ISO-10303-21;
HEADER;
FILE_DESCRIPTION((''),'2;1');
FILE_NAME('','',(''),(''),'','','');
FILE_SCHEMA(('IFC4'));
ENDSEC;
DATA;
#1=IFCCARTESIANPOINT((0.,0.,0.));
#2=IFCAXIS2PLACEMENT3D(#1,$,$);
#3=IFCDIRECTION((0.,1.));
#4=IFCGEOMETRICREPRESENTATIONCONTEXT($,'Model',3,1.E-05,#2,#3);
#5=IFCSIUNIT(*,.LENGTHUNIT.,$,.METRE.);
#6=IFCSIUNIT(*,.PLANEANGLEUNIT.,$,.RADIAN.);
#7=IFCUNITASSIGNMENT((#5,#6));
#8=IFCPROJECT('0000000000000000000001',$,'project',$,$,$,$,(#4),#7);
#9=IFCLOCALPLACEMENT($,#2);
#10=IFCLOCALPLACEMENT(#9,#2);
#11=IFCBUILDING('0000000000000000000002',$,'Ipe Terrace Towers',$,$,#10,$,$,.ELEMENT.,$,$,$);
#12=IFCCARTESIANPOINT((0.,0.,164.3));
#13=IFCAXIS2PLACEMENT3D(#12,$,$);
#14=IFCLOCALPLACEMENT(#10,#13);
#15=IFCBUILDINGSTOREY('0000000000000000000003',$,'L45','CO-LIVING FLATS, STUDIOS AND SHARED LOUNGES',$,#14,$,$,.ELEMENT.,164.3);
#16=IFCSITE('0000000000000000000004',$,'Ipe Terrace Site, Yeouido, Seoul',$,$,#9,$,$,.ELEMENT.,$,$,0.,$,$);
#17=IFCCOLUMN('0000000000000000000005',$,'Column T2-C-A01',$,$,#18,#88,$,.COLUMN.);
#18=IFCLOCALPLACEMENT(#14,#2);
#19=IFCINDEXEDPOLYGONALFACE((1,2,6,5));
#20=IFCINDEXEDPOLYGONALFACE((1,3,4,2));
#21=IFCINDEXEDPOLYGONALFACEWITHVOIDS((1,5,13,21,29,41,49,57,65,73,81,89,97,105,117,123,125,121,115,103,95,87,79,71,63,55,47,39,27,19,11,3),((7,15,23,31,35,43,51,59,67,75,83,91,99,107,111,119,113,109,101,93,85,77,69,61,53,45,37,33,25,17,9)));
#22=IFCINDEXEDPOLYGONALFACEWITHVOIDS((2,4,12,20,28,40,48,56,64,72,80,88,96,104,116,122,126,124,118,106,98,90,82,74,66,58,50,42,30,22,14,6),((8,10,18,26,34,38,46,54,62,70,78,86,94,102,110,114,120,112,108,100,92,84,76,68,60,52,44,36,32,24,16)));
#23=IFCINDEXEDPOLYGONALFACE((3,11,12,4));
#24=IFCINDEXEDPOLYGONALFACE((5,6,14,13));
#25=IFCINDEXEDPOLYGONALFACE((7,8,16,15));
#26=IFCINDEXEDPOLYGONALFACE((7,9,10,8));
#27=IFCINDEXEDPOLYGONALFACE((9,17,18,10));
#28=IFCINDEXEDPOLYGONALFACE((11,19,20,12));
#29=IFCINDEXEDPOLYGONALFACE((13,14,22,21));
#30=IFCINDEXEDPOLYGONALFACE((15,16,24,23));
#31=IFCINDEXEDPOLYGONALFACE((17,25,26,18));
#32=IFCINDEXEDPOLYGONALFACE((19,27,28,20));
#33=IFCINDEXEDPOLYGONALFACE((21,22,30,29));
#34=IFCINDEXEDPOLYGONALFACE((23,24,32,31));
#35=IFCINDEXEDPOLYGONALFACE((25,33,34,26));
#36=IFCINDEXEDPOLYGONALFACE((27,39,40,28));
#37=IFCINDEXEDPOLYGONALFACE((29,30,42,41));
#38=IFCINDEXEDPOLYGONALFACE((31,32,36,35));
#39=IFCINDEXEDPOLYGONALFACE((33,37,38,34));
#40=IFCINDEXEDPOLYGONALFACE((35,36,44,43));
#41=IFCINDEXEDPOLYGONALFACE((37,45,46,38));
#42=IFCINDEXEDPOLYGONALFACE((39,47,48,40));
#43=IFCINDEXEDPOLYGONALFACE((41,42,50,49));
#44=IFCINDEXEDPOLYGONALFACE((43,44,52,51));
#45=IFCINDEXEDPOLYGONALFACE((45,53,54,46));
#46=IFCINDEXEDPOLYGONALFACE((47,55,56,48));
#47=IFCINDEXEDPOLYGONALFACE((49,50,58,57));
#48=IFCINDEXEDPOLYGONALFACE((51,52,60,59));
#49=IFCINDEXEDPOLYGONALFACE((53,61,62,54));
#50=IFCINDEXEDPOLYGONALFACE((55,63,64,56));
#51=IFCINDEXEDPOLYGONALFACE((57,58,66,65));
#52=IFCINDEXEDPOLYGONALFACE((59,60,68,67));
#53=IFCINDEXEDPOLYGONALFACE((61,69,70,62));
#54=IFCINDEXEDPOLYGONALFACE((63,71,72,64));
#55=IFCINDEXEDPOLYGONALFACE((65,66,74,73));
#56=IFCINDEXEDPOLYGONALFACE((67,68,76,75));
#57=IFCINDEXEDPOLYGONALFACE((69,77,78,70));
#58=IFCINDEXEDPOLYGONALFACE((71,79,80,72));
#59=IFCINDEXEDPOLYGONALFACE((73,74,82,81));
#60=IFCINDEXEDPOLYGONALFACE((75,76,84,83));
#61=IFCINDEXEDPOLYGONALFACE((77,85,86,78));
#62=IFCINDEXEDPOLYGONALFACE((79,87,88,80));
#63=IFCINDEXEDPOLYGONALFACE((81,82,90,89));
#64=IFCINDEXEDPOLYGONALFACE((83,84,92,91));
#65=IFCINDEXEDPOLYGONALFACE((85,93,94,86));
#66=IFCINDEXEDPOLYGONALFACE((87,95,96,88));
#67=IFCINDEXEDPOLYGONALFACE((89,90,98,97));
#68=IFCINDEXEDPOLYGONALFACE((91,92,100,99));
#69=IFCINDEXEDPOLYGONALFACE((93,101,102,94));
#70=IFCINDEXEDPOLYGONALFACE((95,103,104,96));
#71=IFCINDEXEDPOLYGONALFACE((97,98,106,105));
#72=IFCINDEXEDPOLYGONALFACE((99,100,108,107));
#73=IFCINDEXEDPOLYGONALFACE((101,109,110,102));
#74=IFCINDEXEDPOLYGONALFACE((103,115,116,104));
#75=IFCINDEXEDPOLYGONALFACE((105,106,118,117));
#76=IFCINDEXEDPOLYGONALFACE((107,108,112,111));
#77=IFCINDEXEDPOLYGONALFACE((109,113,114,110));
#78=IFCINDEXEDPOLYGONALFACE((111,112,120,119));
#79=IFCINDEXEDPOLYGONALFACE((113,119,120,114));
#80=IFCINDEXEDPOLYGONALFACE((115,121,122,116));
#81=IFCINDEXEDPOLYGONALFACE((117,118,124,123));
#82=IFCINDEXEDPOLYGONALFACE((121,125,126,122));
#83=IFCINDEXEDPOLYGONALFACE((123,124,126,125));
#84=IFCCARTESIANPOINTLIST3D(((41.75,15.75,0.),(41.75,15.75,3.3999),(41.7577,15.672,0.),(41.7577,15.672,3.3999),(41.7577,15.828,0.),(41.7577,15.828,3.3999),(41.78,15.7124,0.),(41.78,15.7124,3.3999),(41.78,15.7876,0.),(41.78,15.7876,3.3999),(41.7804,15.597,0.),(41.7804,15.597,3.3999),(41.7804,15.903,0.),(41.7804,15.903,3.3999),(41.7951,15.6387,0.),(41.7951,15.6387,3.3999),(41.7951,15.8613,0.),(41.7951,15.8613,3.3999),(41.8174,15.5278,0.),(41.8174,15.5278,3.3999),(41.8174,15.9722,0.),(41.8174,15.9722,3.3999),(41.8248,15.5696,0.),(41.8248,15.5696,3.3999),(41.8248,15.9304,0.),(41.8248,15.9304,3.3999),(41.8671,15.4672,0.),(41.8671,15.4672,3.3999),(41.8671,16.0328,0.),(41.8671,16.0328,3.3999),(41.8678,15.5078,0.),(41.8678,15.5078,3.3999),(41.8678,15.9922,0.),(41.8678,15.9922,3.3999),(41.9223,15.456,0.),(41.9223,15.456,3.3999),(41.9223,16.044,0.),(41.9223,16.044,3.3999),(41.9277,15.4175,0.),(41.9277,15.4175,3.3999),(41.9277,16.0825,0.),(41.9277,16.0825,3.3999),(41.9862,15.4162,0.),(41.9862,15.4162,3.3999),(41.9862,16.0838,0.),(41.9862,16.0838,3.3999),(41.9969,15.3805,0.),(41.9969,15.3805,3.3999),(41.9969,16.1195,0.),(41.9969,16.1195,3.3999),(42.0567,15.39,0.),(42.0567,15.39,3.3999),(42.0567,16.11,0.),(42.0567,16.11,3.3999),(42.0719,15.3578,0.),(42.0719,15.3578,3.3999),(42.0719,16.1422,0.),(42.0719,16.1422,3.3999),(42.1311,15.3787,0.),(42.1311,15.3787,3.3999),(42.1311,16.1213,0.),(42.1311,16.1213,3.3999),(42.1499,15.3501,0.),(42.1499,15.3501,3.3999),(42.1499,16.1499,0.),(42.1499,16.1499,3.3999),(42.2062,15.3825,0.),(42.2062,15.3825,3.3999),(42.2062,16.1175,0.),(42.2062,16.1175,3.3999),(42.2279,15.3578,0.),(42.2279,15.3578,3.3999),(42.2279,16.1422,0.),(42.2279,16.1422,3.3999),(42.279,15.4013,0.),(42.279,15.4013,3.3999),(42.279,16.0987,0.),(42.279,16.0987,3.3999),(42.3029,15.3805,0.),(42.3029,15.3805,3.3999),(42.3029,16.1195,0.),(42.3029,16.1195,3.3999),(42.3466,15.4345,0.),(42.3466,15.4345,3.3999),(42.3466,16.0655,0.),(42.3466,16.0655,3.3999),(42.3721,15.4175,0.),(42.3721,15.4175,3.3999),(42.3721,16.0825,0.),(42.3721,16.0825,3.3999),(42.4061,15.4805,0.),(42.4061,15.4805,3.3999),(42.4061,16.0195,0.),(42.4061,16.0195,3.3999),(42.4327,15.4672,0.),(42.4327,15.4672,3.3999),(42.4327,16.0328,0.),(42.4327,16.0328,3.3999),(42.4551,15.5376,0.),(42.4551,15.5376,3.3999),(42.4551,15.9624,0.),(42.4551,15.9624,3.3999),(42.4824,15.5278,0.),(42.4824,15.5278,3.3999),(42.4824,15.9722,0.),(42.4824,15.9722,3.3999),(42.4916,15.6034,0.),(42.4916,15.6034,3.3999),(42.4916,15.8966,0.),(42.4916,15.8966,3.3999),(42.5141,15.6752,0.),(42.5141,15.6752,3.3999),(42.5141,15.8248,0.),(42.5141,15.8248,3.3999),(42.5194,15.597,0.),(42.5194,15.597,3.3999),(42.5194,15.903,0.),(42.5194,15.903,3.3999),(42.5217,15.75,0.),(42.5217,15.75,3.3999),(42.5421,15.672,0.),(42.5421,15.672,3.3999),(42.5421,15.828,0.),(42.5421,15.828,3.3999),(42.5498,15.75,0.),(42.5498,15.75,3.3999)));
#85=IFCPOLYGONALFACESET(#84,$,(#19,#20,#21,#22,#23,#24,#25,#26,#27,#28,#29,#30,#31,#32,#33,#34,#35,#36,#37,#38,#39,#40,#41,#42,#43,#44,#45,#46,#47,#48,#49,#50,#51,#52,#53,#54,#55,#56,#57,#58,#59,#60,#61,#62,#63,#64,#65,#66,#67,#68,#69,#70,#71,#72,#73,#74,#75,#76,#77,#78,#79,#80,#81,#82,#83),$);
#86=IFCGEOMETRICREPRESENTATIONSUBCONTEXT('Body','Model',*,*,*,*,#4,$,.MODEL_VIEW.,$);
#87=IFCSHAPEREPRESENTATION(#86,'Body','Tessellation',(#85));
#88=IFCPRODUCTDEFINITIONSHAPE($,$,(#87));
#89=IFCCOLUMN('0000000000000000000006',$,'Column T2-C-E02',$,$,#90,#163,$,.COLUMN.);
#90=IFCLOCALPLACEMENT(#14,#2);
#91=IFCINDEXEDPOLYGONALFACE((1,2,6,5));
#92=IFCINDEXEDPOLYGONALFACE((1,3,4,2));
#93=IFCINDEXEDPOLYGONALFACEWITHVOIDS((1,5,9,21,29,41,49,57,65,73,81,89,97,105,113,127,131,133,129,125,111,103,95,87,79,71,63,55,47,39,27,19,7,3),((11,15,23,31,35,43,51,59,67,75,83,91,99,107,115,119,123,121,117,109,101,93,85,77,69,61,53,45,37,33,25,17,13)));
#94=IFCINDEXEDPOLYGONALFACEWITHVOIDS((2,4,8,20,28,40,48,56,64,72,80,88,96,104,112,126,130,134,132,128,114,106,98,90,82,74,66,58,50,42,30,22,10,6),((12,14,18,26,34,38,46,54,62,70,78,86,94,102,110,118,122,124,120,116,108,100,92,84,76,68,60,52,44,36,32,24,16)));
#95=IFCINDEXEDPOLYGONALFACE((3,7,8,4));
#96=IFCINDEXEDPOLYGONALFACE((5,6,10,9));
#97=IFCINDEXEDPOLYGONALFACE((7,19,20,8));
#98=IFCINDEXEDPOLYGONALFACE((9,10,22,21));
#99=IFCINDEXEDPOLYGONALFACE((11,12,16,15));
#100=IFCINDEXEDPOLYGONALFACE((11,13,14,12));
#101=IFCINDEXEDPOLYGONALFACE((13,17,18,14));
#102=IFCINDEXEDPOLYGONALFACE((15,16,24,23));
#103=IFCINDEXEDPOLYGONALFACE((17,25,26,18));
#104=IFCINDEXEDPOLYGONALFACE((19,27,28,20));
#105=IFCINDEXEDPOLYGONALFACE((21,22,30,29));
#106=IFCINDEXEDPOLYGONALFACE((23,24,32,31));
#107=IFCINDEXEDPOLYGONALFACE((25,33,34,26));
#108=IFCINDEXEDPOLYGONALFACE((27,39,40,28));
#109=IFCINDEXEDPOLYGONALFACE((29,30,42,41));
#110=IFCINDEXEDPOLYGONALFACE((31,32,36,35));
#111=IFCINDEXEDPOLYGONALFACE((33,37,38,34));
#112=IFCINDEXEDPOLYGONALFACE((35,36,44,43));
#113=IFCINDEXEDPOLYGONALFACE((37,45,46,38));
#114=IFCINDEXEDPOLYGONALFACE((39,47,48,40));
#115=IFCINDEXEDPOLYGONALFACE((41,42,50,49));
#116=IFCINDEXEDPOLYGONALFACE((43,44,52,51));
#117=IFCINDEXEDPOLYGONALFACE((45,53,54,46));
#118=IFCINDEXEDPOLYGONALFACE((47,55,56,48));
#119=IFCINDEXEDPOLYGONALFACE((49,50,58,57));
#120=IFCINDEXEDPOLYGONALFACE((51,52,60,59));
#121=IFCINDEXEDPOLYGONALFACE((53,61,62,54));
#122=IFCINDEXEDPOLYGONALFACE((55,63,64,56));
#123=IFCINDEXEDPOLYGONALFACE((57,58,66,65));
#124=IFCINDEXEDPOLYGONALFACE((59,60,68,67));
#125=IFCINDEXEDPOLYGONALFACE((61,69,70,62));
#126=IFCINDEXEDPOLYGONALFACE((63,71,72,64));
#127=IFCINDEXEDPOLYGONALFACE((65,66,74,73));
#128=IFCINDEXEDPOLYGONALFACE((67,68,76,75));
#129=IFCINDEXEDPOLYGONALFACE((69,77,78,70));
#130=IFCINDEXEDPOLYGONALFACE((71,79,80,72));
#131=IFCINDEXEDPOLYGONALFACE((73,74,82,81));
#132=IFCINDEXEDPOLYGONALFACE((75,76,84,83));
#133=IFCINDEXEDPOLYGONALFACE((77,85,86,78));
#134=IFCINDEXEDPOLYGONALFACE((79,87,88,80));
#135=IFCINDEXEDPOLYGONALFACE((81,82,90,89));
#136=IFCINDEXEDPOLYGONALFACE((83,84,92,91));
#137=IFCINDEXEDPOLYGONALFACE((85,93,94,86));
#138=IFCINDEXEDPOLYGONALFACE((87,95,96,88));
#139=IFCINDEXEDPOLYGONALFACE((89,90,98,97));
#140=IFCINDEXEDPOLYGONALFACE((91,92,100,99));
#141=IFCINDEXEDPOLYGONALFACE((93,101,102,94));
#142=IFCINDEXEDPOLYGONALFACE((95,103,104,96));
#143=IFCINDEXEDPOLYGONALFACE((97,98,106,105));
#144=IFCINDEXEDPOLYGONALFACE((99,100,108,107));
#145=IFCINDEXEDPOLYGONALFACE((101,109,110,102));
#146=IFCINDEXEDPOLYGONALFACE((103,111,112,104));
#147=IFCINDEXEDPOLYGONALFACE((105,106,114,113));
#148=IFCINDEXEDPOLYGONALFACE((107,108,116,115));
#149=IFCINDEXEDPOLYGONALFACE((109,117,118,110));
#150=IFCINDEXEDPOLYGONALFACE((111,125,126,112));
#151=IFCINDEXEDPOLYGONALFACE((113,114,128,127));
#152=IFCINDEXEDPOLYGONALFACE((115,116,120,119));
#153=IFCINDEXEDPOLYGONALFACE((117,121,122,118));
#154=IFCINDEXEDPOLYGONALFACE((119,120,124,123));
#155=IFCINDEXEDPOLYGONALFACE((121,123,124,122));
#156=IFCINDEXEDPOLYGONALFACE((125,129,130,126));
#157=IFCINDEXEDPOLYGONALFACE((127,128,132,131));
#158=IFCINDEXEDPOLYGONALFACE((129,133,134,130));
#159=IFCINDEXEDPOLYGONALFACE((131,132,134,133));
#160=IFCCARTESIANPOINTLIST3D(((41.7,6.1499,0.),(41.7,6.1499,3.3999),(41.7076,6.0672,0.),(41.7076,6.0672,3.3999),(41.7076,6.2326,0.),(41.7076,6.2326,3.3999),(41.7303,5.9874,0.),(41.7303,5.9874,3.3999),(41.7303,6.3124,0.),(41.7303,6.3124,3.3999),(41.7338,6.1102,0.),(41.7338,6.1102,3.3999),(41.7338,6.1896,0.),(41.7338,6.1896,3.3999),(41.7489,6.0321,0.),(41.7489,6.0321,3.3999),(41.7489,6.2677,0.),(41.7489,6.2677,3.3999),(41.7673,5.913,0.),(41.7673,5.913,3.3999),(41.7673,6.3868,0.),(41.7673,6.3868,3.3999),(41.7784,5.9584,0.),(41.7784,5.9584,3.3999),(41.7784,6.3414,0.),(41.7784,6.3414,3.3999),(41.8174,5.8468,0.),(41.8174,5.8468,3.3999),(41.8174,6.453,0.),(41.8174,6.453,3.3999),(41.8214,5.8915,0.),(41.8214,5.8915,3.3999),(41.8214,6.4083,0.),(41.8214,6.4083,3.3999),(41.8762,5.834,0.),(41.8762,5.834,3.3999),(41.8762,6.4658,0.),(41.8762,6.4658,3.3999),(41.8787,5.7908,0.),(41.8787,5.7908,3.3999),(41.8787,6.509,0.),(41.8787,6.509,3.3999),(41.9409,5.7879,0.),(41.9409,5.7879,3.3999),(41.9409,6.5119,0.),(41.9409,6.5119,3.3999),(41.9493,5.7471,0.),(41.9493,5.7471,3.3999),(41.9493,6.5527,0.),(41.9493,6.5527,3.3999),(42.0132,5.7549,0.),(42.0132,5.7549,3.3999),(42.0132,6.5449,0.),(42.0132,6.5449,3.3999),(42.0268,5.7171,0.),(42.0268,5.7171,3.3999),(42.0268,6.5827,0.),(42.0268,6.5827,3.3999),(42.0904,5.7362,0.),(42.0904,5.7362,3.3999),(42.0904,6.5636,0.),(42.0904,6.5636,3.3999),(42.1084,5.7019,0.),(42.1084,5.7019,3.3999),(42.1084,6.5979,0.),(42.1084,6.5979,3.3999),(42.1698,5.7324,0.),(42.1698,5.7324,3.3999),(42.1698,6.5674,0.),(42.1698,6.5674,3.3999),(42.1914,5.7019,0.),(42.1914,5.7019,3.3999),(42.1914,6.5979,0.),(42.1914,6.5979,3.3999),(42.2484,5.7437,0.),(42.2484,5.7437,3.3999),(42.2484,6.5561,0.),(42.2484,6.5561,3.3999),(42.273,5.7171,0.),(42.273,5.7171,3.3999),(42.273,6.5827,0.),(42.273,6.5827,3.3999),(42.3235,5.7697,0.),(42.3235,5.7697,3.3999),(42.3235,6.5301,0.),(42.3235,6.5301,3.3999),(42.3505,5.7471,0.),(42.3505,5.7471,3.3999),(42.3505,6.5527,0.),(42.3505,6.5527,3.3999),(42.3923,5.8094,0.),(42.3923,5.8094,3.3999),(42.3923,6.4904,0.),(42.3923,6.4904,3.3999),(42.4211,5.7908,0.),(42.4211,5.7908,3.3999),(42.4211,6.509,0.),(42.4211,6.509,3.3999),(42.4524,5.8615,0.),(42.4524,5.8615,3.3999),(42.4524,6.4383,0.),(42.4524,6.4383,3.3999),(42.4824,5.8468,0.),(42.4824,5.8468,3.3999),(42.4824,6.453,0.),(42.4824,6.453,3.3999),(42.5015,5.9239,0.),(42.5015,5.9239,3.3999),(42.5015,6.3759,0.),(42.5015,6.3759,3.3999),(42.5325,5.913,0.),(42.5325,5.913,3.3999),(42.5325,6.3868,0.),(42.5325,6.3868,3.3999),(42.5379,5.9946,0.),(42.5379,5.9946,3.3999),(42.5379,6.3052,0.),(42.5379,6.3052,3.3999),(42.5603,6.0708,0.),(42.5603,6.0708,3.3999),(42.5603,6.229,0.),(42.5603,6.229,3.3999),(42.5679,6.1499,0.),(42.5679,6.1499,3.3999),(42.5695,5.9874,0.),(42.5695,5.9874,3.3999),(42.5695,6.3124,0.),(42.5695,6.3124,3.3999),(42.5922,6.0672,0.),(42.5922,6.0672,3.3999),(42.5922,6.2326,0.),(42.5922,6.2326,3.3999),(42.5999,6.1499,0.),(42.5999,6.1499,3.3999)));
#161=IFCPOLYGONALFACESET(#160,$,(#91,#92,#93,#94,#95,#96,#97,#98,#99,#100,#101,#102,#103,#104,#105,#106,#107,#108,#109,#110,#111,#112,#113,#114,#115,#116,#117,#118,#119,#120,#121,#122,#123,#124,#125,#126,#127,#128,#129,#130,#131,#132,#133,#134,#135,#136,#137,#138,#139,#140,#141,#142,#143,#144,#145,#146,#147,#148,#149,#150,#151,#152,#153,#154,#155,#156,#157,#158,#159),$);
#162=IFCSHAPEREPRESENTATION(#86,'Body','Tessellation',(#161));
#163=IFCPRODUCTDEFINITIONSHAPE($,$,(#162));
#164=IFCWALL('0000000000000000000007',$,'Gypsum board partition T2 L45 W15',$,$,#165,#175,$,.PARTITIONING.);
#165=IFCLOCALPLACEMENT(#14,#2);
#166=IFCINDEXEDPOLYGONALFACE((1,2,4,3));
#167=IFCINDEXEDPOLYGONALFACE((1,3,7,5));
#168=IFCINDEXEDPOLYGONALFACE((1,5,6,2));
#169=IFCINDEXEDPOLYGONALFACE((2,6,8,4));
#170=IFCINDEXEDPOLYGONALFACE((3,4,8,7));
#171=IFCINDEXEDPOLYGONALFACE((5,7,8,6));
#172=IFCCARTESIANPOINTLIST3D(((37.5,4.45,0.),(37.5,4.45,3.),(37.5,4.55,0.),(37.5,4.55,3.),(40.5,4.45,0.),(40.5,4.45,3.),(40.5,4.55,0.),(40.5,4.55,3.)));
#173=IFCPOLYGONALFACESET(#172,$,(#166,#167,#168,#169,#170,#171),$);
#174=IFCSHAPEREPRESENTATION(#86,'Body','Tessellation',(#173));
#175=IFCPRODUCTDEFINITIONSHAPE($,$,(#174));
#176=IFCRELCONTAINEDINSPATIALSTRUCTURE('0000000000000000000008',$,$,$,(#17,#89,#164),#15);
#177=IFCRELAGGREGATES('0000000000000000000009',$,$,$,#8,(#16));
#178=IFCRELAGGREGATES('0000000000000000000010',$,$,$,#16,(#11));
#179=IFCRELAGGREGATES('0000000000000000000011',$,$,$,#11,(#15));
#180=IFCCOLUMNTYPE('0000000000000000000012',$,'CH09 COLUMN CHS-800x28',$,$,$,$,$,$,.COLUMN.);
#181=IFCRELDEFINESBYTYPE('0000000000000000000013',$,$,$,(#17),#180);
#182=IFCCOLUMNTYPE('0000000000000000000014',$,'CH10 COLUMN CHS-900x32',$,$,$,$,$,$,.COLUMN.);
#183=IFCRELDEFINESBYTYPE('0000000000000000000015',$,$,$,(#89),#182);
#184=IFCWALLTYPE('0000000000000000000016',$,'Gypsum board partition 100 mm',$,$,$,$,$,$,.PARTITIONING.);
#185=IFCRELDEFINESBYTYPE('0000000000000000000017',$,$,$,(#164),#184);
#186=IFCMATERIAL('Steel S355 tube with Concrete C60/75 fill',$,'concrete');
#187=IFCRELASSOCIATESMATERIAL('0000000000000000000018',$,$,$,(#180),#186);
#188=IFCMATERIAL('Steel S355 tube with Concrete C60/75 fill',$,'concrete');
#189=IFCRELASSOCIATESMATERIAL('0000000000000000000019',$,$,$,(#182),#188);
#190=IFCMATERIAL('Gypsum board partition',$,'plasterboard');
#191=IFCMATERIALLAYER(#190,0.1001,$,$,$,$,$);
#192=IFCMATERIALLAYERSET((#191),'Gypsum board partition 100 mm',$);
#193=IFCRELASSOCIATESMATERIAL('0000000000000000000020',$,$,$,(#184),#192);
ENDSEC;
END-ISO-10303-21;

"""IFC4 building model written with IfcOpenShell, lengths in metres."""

from ifc_helpers import new_model, si_unit, direction, frame, frame_2d, origin, origin_2d, place, context, subcontext, project, spatial, rectangle, hollow_circle, extrude, material, layer, layer_set, material_profile, profile_set, type_object, element, save


model = new_model("IFC4")

# Units and contexts
model_context = context("Model", 3, precision=1e-05, world=origin(), true_north=direction((0.0, 1.0)))
body_context = subcontext(model_context, "Body", "Model", "MODEL_VIEW")
ifc_project = project(units=[si_unit("LENGTHUNIT", "METRE"), si_unit("PLANEANGLEUNIT", "RADIAN")], contexts=[model_context])

# Site, building, storey
site_placement = place(None, origin())
site = spatial("IfcSite", under=ifc_project, at=site_placement, Name="Ipe Terrace Site, Yeouido, Seoul", CompositionType="ELEMENT", RefElevation=0.0)
building_placement = place(site_placement, origin())
building = spatial("IfcBuilding", under=site, at=building_placement, Name="Ipe Terrace Towers", CompositionType="ELEMENT")
storey_placement = place(building_placement, frame((0.0, 0.0, 164.3)))
storey = spatial("IfcBuildingStorey", under=building, at=storey_placement, Name="L45", Description="CO-LIVING FLATS, STUDIOS AND SHARED LOUNGES", CompositionType="ELEMENT", Elevation=164.3)

# Columns
ifc_material_1 = material(Name="Steel S355 tube with Concrete C60/75 fill", Category="concrete")
ifc_material_profile_1 = material_profile(ifc_material_1, hollow_circle(Radius=0.3999, WallThickness=0.0281, at=origin_2d()), Name="CHS-800x28")
ifc_profile_set_1 = profile_set([ifc_material_profile_1], Name="Steel S355 tube with Concrete C60/75 fill")
column_type_1 = type_object("IfcColumnType", Name="CH09 COLUMN CHS-800x28", PredefinedType="COLUMN", material=ifc_profile_set_1)
column_1_placement = place(storey_placement, frame((42.1499, 15.75, 0.0), z_axis=(0.0, 0.0, 1.0), x_axis=(1.0, 0.0, 0.0)))
element("IfcColumn", 1, at=column_1_placement, inside=storey, type_object=column_type_1, Name="Column T2-C-A01", PredefinedType="COLUMN", context=body_context, shape_type="SweptSolid", body=[
    extrude(hollow_circle(Radius=0.3999, WallThickness=0.0281, at=origin_2d()), origin(), (0.0, 0.0, 1.0), 3.3999),
])
ifc_material_2 = material(Name="Steel S355 tube with Concrete C60/75 fill", Category="concrete")
ifc_material_profile_2 = material_profile(ifc_material_2, hollow_circle(Radius=0.45, WallThickness=0.032, at=origin_2d()), Name="CHS-900x32")
ifc_profile_set_2 = profile_set([ifc_material_profile_2], Name="Steel S355 tube with Concrete C60/75 fill")
column_type_2 = type_object("IfcColumnType", Name="CH10 COLUMN CHS-900x32", PredefinedType="COLUMN", material=ifc_profile_set_2)
column_2_placement = place(storey_placement, frame((42.1499, 6.1499, 0.0), z_axis=(0.0, 0.0, 1.0), x_axis=(1.0, 0.0, 0.0)))
element("IfcColumn", 2, at=column_2_placement, inside=storey, type_object=column_type_2, Name="Column T2-C-E02", PredefinedType="COLUMN", context=body_context, shape_type="SweptSolid", body=[
    extrude(hollow_circle(Radius=0.45, WallThickness=0.032, at=origin_2d()), origin(), (0.0, 0.0, 1.0), 3.3999),
])

# Wall
ifc_material_3 = material(Name="Gypsum board partition", Category="plasterboard")
ifc_layer_1 = layer(ifc_material_3, 0.1001)
ifc_layer_set_1 = layer_set([ifc_layer_1], Name="Gypsum board partition 100 mm")
wall_type_1 = type_object("IfcWallType", Name="Gypsum board partition 100 mm", PredefinedType="PARTITIONING", material=ifc_layer_set_1)
wall_1_placement = place(storey_placement, frame((40.5, 4.5, 0.0), z_axis=(0.0, 0.0, 1.0), x_axis=(-1.0, 0.0, 0.0)))
element("IfcWall", 3, at=wall_1_placement, inside=storey, type_object=wall_type_1, Name="Gypsum board partition T2 L45 W15", PredefinedType="PARTITIONING", context=body_context, shape_type="SweptSolid", body=[
    extrude(rectangle(XDim=3.0, YDim=0.1001, at=frame_2d((1.5, 0.0))), origin(), (0.0, 0.0, 1.0), 3.0),
])

save(model, "model.ifc")
